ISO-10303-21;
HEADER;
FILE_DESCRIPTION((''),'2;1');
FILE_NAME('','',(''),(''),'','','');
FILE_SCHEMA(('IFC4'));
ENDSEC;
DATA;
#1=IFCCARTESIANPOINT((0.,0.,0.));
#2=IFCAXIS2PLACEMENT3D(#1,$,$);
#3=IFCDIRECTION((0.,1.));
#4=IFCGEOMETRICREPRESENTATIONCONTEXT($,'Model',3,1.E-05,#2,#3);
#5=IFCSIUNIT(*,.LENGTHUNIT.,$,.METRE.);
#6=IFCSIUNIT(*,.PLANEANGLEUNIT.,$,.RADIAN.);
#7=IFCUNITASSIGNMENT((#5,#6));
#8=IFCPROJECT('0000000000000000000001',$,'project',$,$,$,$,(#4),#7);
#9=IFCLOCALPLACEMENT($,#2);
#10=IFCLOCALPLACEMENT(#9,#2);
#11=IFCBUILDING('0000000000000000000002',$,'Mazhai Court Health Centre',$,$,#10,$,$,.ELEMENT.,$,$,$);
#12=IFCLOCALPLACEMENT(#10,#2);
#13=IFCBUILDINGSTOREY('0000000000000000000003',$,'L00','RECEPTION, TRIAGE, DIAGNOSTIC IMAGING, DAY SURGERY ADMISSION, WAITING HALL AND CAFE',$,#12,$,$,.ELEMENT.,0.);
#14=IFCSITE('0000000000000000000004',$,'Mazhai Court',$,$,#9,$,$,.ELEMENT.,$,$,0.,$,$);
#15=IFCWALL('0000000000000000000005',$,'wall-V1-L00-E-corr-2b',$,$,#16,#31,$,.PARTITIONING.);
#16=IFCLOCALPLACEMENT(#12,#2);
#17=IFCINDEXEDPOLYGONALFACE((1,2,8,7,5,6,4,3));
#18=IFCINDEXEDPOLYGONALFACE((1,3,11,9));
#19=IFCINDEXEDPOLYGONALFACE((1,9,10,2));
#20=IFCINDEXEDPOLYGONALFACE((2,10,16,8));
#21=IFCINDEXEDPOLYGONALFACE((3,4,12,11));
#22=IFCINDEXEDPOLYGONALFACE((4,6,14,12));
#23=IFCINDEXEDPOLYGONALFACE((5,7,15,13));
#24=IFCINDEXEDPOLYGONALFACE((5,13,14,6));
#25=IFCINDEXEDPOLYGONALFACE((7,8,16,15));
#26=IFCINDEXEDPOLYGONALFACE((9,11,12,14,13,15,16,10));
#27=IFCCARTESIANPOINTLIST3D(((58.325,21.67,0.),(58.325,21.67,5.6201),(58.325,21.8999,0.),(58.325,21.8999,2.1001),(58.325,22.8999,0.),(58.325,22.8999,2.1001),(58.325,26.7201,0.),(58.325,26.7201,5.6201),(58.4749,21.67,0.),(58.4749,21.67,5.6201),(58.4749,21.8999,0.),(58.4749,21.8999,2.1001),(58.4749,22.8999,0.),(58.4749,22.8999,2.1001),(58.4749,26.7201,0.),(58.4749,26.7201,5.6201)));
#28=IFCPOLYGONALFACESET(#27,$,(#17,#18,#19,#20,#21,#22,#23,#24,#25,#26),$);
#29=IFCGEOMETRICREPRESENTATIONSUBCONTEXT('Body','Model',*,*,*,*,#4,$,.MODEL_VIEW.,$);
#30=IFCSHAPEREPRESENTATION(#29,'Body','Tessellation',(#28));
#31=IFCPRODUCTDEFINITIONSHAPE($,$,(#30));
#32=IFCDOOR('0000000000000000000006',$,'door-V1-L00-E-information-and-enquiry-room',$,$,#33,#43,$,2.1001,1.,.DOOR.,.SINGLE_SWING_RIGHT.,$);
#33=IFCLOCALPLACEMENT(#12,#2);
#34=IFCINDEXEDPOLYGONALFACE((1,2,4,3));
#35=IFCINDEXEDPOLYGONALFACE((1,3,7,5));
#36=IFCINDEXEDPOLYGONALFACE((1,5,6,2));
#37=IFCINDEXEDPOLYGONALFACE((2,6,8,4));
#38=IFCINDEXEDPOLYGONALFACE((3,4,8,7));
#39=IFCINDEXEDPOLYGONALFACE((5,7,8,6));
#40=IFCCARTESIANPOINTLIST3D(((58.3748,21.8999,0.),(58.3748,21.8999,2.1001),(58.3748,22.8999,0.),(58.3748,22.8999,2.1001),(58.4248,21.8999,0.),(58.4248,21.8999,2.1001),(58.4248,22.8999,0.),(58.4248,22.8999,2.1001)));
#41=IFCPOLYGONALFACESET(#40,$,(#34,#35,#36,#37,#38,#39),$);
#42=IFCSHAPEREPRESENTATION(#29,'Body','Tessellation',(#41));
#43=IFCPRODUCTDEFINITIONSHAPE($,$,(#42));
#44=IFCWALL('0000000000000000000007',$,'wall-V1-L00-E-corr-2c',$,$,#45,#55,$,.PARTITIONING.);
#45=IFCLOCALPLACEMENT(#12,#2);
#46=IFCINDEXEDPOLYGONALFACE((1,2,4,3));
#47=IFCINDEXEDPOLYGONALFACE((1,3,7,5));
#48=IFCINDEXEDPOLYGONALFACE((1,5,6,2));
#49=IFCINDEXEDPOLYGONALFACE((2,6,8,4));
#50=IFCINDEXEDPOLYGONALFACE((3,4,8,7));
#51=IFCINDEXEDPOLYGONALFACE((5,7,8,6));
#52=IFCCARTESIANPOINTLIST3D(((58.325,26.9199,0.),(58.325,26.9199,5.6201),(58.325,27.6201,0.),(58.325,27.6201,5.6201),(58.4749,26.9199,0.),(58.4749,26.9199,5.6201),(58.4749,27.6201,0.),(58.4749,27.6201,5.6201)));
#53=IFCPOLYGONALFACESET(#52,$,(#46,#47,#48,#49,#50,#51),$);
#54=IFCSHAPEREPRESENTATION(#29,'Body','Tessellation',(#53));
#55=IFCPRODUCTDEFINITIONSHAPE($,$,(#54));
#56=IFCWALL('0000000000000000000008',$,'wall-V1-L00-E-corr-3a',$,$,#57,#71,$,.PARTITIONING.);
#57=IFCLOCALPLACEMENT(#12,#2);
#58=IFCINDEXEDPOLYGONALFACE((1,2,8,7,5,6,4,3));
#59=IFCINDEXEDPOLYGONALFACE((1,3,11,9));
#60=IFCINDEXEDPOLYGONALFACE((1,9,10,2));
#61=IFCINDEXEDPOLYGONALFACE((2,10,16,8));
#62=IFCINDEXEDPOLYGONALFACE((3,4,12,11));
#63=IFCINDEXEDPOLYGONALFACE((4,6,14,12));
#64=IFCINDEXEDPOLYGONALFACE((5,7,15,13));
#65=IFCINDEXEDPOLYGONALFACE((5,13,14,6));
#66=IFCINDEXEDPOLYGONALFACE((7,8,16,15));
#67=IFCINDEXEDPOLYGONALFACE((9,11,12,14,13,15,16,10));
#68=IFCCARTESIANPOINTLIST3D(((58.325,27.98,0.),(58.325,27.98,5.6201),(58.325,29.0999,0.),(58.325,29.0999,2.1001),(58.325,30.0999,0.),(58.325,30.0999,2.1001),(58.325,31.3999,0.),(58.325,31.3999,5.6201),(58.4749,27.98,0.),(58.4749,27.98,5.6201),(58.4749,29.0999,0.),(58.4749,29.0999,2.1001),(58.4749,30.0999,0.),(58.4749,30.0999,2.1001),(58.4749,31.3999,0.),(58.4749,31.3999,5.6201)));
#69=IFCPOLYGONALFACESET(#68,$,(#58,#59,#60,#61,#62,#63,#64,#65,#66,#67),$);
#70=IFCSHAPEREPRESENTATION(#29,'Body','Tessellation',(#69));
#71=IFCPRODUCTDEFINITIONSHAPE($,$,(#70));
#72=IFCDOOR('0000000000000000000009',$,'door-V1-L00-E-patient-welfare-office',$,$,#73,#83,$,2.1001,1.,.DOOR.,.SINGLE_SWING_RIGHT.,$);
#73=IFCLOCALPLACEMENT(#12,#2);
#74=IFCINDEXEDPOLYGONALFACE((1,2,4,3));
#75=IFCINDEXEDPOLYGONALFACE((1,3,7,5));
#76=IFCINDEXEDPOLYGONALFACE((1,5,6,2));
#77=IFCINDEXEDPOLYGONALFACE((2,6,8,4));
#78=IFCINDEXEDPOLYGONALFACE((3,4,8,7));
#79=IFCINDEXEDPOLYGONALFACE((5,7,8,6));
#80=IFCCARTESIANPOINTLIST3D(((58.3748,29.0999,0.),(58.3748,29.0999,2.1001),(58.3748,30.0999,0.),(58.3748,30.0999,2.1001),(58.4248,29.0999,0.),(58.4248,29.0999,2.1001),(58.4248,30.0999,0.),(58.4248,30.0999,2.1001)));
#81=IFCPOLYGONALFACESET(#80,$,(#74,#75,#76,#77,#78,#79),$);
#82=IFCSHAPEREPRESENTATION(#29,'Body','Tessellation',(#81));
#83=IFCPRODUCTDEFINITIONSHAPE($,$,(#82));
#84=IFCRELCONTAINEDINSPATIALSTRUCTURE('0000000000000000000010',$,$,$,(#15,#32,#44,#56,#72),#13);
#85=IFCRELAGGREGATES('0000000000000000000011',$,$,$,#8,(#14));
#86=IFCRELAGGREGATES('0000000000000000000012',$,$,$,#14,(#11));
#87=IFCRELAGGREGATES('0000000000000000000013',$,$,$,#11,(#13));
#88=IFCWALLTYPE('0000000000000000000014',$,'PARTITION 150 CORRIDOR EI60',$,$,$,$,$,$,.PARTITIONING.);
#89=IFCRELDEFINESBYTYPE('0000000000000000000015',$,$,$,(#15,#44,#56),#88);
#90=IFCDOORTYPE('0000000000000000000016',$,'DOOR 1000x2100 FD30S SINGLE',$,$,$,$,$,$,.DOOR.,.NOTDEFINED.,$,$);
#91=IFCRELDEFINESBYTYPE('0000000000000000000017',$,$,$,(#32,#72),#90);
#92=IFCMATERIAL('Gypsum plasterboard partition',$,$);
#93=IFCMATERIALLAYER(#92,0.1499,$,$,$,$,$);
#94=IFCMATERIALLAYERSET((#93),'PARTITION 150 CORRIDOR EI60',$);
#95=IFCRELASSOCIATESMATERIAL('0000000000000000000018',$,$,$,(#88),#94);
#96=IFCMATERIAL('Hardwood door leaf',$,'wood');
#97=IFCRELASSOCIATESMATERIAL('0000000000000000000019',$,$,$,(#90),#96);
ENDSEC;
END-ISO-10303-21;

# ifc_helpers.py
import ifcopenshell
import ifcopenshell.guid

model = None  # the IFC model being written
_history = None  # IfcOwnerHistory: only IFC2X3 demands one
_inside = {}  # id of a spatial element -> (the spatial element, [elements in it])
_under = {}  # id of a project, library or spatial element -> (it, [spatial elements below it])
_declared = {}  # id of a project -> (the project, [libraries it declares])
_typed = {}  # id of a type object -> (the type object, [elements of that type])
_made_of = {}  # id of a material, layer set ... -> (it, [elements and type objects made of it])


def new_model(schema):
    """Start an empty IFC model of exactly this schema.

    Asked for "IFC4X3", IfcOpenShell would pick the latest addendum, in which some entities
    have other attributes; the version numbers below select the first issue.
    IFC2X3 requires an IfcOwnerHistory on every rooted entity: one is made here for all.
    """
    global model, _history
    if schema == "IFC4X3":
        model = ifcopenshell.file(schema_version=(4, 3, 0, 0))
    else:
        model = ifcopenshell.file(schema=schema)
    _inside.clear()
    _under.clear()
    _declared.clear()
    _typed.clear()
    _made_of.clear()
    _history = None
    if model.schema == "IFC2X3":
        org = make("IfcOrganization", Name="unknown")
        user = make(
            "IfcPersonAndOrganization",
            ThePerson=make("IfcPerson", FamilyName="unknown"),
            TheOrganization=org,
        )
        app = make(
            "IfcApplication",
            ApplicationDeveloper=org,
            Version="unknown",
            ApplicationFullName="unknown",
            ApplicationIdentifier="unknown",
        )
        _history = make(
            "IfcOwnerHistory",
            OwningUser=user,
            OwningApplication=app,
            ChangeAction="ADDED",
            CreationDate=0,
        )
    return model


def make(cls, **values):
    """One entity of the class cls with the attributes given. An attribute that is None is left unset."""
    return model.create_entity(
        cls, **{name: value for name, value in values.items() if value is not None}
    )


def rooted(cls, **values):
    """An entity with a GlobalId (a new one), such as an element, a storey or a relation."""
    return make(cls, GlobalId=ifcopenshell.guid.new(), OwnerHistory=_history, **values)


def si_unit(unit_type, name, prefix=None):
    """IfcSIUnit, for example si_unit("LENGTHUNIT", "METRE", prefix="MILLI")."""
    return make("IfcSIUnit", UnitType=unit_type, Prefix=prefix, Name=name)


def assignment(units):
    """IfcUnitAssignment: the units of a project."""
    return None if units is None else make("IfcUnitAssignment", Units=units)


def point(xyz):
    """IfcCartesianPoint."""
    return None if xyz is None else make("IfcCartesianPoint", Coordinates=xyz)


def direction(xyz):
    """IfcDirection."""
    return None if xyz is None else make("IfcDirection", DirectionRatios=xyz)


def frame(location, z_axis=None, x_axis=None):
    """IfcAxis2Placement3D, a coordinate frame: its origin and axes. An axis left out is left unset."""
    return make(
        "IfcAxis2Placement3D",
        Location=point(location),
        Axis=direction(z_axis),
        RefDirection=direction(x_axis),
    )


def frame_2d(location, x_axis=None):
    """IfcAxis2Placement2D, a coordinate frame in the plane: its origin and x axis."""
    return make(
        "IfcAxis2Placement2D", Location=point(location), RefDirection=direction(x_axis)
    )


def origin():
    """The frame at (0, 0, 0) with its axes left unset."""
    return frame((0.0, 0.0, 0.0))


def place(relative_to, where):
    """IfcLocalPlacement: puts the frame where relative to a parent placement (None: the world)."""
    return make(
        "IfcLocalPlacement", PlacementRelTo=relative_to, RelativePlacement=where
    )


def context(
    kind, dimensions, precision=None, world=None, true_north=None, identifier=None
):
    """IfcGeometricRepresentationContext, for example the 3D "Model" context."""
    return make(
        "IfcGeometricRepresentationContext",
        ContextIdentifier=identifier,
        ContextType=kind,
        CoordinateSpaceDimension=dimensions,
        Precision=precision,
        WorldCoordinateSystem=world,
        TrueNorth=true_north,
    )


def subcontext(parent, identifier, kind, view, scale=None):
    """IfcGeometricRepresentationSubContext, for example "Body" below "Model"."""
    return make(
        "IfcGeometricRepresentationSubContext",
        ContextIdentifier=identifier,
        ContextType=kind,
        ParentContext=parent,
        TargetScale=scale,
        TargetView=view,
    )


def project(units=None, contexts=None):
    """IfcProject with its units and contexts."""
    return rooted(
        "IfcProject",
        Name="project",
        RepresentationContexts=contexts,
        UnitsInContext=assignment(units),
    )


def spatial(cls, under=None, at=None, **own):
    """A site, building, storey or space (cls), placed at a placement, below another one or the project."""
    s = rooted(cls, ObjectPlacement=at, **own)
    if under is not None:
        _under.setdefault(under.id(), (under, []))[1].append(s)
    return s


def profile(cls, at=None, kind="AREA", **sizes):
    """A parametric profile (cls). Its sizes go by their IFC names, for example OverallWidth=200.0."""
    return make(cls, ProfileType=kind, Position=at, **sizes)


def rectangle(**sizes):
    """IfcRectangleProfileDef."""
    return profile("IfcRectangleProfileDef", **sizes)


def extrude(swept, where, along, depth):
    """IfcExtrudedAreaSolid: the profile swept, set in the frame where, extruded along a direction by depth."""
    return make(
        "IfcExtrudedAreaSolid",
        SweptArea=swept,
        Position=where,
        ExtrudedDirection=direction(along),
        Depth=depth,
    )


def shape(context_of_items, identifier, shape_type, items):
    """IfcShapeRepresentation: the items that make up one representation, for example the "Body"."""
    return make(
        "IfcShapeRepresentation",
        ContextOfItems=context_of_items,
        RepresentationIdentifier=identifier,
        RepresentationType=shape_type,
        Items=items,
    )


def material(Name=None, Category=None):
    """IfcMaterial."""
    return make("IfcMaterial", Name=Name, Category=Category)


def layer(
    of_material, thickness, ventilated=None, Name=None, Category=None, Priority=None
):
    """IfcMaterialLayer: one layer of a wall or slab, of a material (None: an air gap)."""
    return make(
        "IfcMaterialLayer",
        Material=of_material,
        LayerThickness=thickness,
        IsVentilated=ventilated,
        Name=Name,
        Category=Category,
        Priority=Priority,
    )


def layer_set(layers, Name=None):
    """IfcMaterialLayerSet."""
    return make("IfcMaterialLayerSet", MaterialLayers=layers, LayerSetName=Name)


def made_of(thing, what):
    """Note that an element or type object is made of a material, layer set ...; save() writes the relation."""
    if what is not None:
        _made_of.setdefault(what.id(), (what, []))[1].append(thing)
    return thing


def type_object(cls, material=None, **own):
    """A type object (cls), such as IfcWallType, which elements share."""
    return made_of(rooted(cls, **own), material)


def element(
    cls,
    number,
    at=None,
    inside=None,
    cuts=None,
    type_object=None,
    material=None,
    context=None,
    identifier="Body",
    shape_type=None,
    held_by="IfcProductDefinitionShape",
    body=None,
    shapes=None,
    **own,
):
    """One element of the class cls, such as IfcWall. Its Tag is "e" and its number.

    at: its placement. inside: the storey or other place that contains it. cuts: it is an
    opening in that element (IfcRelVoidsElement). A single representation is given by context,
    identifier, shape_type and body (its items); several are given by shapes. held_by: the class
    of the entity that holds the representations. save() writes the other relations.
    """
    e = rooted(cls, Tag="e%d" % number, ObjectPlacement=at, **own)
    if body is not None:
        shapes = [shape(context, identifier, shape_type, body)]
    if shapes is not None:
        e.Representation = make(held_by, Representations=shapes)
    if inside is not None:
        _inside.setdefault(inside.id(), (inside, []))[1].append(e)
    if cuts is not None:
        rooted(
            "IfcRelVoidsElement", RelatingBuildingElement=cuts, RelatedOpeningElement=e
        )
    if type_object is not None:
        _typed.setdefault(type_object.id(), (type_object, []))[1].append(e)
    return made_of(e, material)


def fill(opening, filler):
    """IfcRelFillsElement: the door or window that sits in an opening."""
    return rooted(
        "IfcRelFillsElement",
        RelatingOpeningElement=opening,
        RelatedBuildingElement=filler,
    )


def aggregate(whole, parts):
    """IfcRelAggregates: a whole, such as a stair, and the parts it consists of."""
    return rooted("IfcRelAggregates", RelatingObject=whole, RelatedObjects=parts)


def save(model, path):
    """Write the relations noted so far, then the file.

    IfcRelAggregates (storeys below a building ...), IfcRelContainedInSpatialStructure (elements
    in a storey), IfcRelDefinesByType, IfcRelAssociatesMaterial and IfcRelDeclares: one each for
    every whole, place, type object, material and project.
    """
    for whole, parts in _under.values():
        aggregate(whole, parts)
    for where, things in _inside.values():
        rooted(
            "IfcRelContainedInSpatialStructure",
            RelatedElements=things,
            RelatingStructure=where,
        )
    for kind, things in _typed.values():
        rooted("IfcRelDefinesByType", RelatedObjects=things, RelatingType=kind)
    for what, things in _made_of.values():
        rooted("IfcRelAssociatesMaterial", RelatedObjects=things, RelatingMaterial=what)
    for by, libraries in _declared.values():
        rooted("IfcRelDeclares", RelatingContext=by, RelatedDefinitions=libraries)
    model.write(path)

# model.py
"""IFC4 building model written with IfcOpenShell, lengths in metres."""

from ifc_helpers import new_model, si_unit, direction, frame, frame_2d, origin, place, context, subcontext, project, spatial, rectangle, extrude, material, layer, layer_set, type_object, element, fill, save


model = new_model("IFC4")

# Units and contexts
model_context = context("Model", 3, precision=1e-05, world=origin(), true_north=direction((0.0, 1.0)))
body_context = subcontext(model_context, "Body", "Model", "MODEL_VIEW")
ifc_project = project(units=[si_unit("LENGTHUNIT", "METRE"), si_unit("PLANEANGLEUNIT", "RADIAN")], contexts=[model_context])

# Site, building, storey
site_placement = place(None, origin())
site = spatial("IfcSite", under=ifc_project, at=site_placement, Name="Mazhai Court", CompositionType="ELEMENT", RefElevation=0.0)
building_placement = place(site_placement, origin())
building = spatial("IfcBuilding", under=site, at=building_placement, Name="Mazhai Court Health Centre", CompositionType="ELEMENT")
storey_placement = place(building_placement, origin())
storey = spatial("IfcBuildingStorey", under=building, at=storey_placement, Name="L00", Description="RECEPTION, TRIAGE, DIAGNOSTIC IMAGING, DAY SURGERY ADMISSION, WAITING HALL AND CAFE", CompositionType="ELEMENT", Elevation=0.0)

# Shared definitions
ifc_material_1 = material(Name="Gypsum plasterboard partition")
ifc_layer = layer(ifc_material_1, 0.1499)
ifc_layer_set = layer_set([ifc_layer], Name="PARTITION 150 CORRIDOR EI60")
wall_type = type_object("IfcWallType", Name="PARTITION 150 CORRIDOR EI60", PredefinedType="PARTITIONING", material=ifc_layer_set)

# Wall, opening, door
wall_1_placement = place(storey_placement, frame((58.3999, 26.72, 0.0), z_axis=(0.0, 0.0, 1.0), x_axis=(0.0, -1.0, 0.0)))
wall_1 = element("IfcWall", 1, at=wall_1_placement, inside=storey, type_object=wall_type, Name="wall-V1-L00-E-corr-2b", PredefinedType="PARTITIONING", context=body_context, shape_type="SweptSolid", body=[
    extrude(rectangle(XDim=5.05, YDim=0.1499, at=frame_2d((2.5249, 0.0))), origin(), (0.0, 0.0, 1.0), 5.6201),
])
opening_1_placement = place(wall_1_placement, frame((3.8201, 0.0, 0.0)))
opening_1 = element("IfcOpeningElement", 2, at=opening_1_placement, cuts=wall_1, PredefinedType="OPENING", context=body_context, shape_type="SweptSolid", body=[
    extrude(rectangle(XDim=1.0, YDim=2.1001, at=frame_2d((0.5, 1.05))), frame((0.0, 0.085, 0.0), z_axis=(0.0, -1.0, 0.0), x_axis=(1.0, 0.0, 0.0)), (0.0, 0.0, 1.0), 0.1699),
])
ifc_material_2 = material(Name="Hardwood door leaf", Category="wood")
door_type = type_object("IfcDoorType", Name="DOOR 1000x2100 FD30S SINGLE", OperationType="NOTDEFINED", PredefinedType="DOOR", material=ifc_material_2)
door_1_placement = place(opening_1_placement, origin())
door_1 = element("IfcDoor", 3, at=door_1_placement, inside=storey, type_object=door_type, Name="door-V1-L00-E-information-and-enquiry-room", OperationType="SINGLE_SWING_RIGHT", OverallHeight=2.1001, OverallWidth=1.0, PredefinedType="DOOR", context=body_context, shape_type="SweptSolid", body=[
    extrude(rectangle(XDim=1.0, YDim=2.1001, at=frame_2d((0.5, 1.05))), frame((0.0, 0.0249, 0.0), z_axis=(0.0, -1.0, 0.0), x_axis=(1.0, 0.0, 0.0)), (0.0, 0.0, 1.0), 0.05),
])
fill(opening_1, door_1)

# Wall
wall_2_placement = place(storey_placement, frame((58.3999, 27.6201, 0.0), z_axis=(0.0, 0.0, 1.0), x_axis=(0.0, -1.0, 0.0)))
element("IfcWall", 4, at=wall_2_placement, inside=storey, type_object=wall_type, Name="wall-V1-L00-E-corr-2c", PredefinedType="PARTITIONING", context=body_context, shape_type="SweptSolid", body=[
    extrude(rectangle(XDim=0.7002, YDim=0.1499, at=frame_2d((0.3501, 0.0))), origin(), (0.0, 0.0, 1.0), 5.6201),
])

# Wall, opening, door
wall_3_placement = place(storey_placement, frame((58.3999, 31.3999, 0.0), z_axis=(0.0, 0.0, 1.0), x_axis=(0.0, -1.0, 0.0)))
wall_3 = element("IfcWall", 5, at=wall_3_placement, inside=storey, type_object=wall_type, Name="wall-V1-L00-E-corr-3a", PredefinedType="PARTITIONING", context=body_context, shape_type="SweptSolid", body=[
    extrude(rectangle(XDim=3.4199, YDim=0.1499, at=frame_2d((1.71, 0.0))), origin(), (0.0, 0.0, 1.0), 5.6201),
])
opening_2_placement = place(wall_3_placement, frame((1.3, 0.0, 0.0)))
opening_2 = element("IfcOpeningElement", 6, at=opening_2_placement, cuts=wall_3, PredefinedType="OPENING", context=body_context, shape_type="SweptSolid", body=[
    extrude(rectangle(XDim=1.0, YDim=2.1001, at=frame_2d((0.5, 1.05))), frame((0.0, 0.085, 0.0), z_axis=(0.0, -1.0, 0.0), x_axis=(1.0, 0.0, 0.0)), (0.0, 0.0, 1.0), 0.1699),
])
door_2_placement = place(opening_2_placement, origin())
door_2 = element("IfcDoor", 7, at=door_2_placement, inside=storey, type_object=door_type, Name="door-V1-L00-E-patient-welfare-office", OperationType="SINGLE_SWING_RIGHT", OverallHeight=2.1001, OverallWidth=1.0, PredefinedType="DOOR", context=body_context, shape_type="SweptSolid", body=[
    extrude(rectangle(XDim=1.0, YDim=2.1001, at=frame_2d((0.5, 1.05))), frame((0.0, 0.0249, 0.0), z_axis=(0.0, -1.0, 0.0), x_axis=(1.0, 0.0, 0.0)), (0.0, 0.0, 1.0), 0.05),
])
fill(opening_2, door_2)

save(model, "model.ifc")
